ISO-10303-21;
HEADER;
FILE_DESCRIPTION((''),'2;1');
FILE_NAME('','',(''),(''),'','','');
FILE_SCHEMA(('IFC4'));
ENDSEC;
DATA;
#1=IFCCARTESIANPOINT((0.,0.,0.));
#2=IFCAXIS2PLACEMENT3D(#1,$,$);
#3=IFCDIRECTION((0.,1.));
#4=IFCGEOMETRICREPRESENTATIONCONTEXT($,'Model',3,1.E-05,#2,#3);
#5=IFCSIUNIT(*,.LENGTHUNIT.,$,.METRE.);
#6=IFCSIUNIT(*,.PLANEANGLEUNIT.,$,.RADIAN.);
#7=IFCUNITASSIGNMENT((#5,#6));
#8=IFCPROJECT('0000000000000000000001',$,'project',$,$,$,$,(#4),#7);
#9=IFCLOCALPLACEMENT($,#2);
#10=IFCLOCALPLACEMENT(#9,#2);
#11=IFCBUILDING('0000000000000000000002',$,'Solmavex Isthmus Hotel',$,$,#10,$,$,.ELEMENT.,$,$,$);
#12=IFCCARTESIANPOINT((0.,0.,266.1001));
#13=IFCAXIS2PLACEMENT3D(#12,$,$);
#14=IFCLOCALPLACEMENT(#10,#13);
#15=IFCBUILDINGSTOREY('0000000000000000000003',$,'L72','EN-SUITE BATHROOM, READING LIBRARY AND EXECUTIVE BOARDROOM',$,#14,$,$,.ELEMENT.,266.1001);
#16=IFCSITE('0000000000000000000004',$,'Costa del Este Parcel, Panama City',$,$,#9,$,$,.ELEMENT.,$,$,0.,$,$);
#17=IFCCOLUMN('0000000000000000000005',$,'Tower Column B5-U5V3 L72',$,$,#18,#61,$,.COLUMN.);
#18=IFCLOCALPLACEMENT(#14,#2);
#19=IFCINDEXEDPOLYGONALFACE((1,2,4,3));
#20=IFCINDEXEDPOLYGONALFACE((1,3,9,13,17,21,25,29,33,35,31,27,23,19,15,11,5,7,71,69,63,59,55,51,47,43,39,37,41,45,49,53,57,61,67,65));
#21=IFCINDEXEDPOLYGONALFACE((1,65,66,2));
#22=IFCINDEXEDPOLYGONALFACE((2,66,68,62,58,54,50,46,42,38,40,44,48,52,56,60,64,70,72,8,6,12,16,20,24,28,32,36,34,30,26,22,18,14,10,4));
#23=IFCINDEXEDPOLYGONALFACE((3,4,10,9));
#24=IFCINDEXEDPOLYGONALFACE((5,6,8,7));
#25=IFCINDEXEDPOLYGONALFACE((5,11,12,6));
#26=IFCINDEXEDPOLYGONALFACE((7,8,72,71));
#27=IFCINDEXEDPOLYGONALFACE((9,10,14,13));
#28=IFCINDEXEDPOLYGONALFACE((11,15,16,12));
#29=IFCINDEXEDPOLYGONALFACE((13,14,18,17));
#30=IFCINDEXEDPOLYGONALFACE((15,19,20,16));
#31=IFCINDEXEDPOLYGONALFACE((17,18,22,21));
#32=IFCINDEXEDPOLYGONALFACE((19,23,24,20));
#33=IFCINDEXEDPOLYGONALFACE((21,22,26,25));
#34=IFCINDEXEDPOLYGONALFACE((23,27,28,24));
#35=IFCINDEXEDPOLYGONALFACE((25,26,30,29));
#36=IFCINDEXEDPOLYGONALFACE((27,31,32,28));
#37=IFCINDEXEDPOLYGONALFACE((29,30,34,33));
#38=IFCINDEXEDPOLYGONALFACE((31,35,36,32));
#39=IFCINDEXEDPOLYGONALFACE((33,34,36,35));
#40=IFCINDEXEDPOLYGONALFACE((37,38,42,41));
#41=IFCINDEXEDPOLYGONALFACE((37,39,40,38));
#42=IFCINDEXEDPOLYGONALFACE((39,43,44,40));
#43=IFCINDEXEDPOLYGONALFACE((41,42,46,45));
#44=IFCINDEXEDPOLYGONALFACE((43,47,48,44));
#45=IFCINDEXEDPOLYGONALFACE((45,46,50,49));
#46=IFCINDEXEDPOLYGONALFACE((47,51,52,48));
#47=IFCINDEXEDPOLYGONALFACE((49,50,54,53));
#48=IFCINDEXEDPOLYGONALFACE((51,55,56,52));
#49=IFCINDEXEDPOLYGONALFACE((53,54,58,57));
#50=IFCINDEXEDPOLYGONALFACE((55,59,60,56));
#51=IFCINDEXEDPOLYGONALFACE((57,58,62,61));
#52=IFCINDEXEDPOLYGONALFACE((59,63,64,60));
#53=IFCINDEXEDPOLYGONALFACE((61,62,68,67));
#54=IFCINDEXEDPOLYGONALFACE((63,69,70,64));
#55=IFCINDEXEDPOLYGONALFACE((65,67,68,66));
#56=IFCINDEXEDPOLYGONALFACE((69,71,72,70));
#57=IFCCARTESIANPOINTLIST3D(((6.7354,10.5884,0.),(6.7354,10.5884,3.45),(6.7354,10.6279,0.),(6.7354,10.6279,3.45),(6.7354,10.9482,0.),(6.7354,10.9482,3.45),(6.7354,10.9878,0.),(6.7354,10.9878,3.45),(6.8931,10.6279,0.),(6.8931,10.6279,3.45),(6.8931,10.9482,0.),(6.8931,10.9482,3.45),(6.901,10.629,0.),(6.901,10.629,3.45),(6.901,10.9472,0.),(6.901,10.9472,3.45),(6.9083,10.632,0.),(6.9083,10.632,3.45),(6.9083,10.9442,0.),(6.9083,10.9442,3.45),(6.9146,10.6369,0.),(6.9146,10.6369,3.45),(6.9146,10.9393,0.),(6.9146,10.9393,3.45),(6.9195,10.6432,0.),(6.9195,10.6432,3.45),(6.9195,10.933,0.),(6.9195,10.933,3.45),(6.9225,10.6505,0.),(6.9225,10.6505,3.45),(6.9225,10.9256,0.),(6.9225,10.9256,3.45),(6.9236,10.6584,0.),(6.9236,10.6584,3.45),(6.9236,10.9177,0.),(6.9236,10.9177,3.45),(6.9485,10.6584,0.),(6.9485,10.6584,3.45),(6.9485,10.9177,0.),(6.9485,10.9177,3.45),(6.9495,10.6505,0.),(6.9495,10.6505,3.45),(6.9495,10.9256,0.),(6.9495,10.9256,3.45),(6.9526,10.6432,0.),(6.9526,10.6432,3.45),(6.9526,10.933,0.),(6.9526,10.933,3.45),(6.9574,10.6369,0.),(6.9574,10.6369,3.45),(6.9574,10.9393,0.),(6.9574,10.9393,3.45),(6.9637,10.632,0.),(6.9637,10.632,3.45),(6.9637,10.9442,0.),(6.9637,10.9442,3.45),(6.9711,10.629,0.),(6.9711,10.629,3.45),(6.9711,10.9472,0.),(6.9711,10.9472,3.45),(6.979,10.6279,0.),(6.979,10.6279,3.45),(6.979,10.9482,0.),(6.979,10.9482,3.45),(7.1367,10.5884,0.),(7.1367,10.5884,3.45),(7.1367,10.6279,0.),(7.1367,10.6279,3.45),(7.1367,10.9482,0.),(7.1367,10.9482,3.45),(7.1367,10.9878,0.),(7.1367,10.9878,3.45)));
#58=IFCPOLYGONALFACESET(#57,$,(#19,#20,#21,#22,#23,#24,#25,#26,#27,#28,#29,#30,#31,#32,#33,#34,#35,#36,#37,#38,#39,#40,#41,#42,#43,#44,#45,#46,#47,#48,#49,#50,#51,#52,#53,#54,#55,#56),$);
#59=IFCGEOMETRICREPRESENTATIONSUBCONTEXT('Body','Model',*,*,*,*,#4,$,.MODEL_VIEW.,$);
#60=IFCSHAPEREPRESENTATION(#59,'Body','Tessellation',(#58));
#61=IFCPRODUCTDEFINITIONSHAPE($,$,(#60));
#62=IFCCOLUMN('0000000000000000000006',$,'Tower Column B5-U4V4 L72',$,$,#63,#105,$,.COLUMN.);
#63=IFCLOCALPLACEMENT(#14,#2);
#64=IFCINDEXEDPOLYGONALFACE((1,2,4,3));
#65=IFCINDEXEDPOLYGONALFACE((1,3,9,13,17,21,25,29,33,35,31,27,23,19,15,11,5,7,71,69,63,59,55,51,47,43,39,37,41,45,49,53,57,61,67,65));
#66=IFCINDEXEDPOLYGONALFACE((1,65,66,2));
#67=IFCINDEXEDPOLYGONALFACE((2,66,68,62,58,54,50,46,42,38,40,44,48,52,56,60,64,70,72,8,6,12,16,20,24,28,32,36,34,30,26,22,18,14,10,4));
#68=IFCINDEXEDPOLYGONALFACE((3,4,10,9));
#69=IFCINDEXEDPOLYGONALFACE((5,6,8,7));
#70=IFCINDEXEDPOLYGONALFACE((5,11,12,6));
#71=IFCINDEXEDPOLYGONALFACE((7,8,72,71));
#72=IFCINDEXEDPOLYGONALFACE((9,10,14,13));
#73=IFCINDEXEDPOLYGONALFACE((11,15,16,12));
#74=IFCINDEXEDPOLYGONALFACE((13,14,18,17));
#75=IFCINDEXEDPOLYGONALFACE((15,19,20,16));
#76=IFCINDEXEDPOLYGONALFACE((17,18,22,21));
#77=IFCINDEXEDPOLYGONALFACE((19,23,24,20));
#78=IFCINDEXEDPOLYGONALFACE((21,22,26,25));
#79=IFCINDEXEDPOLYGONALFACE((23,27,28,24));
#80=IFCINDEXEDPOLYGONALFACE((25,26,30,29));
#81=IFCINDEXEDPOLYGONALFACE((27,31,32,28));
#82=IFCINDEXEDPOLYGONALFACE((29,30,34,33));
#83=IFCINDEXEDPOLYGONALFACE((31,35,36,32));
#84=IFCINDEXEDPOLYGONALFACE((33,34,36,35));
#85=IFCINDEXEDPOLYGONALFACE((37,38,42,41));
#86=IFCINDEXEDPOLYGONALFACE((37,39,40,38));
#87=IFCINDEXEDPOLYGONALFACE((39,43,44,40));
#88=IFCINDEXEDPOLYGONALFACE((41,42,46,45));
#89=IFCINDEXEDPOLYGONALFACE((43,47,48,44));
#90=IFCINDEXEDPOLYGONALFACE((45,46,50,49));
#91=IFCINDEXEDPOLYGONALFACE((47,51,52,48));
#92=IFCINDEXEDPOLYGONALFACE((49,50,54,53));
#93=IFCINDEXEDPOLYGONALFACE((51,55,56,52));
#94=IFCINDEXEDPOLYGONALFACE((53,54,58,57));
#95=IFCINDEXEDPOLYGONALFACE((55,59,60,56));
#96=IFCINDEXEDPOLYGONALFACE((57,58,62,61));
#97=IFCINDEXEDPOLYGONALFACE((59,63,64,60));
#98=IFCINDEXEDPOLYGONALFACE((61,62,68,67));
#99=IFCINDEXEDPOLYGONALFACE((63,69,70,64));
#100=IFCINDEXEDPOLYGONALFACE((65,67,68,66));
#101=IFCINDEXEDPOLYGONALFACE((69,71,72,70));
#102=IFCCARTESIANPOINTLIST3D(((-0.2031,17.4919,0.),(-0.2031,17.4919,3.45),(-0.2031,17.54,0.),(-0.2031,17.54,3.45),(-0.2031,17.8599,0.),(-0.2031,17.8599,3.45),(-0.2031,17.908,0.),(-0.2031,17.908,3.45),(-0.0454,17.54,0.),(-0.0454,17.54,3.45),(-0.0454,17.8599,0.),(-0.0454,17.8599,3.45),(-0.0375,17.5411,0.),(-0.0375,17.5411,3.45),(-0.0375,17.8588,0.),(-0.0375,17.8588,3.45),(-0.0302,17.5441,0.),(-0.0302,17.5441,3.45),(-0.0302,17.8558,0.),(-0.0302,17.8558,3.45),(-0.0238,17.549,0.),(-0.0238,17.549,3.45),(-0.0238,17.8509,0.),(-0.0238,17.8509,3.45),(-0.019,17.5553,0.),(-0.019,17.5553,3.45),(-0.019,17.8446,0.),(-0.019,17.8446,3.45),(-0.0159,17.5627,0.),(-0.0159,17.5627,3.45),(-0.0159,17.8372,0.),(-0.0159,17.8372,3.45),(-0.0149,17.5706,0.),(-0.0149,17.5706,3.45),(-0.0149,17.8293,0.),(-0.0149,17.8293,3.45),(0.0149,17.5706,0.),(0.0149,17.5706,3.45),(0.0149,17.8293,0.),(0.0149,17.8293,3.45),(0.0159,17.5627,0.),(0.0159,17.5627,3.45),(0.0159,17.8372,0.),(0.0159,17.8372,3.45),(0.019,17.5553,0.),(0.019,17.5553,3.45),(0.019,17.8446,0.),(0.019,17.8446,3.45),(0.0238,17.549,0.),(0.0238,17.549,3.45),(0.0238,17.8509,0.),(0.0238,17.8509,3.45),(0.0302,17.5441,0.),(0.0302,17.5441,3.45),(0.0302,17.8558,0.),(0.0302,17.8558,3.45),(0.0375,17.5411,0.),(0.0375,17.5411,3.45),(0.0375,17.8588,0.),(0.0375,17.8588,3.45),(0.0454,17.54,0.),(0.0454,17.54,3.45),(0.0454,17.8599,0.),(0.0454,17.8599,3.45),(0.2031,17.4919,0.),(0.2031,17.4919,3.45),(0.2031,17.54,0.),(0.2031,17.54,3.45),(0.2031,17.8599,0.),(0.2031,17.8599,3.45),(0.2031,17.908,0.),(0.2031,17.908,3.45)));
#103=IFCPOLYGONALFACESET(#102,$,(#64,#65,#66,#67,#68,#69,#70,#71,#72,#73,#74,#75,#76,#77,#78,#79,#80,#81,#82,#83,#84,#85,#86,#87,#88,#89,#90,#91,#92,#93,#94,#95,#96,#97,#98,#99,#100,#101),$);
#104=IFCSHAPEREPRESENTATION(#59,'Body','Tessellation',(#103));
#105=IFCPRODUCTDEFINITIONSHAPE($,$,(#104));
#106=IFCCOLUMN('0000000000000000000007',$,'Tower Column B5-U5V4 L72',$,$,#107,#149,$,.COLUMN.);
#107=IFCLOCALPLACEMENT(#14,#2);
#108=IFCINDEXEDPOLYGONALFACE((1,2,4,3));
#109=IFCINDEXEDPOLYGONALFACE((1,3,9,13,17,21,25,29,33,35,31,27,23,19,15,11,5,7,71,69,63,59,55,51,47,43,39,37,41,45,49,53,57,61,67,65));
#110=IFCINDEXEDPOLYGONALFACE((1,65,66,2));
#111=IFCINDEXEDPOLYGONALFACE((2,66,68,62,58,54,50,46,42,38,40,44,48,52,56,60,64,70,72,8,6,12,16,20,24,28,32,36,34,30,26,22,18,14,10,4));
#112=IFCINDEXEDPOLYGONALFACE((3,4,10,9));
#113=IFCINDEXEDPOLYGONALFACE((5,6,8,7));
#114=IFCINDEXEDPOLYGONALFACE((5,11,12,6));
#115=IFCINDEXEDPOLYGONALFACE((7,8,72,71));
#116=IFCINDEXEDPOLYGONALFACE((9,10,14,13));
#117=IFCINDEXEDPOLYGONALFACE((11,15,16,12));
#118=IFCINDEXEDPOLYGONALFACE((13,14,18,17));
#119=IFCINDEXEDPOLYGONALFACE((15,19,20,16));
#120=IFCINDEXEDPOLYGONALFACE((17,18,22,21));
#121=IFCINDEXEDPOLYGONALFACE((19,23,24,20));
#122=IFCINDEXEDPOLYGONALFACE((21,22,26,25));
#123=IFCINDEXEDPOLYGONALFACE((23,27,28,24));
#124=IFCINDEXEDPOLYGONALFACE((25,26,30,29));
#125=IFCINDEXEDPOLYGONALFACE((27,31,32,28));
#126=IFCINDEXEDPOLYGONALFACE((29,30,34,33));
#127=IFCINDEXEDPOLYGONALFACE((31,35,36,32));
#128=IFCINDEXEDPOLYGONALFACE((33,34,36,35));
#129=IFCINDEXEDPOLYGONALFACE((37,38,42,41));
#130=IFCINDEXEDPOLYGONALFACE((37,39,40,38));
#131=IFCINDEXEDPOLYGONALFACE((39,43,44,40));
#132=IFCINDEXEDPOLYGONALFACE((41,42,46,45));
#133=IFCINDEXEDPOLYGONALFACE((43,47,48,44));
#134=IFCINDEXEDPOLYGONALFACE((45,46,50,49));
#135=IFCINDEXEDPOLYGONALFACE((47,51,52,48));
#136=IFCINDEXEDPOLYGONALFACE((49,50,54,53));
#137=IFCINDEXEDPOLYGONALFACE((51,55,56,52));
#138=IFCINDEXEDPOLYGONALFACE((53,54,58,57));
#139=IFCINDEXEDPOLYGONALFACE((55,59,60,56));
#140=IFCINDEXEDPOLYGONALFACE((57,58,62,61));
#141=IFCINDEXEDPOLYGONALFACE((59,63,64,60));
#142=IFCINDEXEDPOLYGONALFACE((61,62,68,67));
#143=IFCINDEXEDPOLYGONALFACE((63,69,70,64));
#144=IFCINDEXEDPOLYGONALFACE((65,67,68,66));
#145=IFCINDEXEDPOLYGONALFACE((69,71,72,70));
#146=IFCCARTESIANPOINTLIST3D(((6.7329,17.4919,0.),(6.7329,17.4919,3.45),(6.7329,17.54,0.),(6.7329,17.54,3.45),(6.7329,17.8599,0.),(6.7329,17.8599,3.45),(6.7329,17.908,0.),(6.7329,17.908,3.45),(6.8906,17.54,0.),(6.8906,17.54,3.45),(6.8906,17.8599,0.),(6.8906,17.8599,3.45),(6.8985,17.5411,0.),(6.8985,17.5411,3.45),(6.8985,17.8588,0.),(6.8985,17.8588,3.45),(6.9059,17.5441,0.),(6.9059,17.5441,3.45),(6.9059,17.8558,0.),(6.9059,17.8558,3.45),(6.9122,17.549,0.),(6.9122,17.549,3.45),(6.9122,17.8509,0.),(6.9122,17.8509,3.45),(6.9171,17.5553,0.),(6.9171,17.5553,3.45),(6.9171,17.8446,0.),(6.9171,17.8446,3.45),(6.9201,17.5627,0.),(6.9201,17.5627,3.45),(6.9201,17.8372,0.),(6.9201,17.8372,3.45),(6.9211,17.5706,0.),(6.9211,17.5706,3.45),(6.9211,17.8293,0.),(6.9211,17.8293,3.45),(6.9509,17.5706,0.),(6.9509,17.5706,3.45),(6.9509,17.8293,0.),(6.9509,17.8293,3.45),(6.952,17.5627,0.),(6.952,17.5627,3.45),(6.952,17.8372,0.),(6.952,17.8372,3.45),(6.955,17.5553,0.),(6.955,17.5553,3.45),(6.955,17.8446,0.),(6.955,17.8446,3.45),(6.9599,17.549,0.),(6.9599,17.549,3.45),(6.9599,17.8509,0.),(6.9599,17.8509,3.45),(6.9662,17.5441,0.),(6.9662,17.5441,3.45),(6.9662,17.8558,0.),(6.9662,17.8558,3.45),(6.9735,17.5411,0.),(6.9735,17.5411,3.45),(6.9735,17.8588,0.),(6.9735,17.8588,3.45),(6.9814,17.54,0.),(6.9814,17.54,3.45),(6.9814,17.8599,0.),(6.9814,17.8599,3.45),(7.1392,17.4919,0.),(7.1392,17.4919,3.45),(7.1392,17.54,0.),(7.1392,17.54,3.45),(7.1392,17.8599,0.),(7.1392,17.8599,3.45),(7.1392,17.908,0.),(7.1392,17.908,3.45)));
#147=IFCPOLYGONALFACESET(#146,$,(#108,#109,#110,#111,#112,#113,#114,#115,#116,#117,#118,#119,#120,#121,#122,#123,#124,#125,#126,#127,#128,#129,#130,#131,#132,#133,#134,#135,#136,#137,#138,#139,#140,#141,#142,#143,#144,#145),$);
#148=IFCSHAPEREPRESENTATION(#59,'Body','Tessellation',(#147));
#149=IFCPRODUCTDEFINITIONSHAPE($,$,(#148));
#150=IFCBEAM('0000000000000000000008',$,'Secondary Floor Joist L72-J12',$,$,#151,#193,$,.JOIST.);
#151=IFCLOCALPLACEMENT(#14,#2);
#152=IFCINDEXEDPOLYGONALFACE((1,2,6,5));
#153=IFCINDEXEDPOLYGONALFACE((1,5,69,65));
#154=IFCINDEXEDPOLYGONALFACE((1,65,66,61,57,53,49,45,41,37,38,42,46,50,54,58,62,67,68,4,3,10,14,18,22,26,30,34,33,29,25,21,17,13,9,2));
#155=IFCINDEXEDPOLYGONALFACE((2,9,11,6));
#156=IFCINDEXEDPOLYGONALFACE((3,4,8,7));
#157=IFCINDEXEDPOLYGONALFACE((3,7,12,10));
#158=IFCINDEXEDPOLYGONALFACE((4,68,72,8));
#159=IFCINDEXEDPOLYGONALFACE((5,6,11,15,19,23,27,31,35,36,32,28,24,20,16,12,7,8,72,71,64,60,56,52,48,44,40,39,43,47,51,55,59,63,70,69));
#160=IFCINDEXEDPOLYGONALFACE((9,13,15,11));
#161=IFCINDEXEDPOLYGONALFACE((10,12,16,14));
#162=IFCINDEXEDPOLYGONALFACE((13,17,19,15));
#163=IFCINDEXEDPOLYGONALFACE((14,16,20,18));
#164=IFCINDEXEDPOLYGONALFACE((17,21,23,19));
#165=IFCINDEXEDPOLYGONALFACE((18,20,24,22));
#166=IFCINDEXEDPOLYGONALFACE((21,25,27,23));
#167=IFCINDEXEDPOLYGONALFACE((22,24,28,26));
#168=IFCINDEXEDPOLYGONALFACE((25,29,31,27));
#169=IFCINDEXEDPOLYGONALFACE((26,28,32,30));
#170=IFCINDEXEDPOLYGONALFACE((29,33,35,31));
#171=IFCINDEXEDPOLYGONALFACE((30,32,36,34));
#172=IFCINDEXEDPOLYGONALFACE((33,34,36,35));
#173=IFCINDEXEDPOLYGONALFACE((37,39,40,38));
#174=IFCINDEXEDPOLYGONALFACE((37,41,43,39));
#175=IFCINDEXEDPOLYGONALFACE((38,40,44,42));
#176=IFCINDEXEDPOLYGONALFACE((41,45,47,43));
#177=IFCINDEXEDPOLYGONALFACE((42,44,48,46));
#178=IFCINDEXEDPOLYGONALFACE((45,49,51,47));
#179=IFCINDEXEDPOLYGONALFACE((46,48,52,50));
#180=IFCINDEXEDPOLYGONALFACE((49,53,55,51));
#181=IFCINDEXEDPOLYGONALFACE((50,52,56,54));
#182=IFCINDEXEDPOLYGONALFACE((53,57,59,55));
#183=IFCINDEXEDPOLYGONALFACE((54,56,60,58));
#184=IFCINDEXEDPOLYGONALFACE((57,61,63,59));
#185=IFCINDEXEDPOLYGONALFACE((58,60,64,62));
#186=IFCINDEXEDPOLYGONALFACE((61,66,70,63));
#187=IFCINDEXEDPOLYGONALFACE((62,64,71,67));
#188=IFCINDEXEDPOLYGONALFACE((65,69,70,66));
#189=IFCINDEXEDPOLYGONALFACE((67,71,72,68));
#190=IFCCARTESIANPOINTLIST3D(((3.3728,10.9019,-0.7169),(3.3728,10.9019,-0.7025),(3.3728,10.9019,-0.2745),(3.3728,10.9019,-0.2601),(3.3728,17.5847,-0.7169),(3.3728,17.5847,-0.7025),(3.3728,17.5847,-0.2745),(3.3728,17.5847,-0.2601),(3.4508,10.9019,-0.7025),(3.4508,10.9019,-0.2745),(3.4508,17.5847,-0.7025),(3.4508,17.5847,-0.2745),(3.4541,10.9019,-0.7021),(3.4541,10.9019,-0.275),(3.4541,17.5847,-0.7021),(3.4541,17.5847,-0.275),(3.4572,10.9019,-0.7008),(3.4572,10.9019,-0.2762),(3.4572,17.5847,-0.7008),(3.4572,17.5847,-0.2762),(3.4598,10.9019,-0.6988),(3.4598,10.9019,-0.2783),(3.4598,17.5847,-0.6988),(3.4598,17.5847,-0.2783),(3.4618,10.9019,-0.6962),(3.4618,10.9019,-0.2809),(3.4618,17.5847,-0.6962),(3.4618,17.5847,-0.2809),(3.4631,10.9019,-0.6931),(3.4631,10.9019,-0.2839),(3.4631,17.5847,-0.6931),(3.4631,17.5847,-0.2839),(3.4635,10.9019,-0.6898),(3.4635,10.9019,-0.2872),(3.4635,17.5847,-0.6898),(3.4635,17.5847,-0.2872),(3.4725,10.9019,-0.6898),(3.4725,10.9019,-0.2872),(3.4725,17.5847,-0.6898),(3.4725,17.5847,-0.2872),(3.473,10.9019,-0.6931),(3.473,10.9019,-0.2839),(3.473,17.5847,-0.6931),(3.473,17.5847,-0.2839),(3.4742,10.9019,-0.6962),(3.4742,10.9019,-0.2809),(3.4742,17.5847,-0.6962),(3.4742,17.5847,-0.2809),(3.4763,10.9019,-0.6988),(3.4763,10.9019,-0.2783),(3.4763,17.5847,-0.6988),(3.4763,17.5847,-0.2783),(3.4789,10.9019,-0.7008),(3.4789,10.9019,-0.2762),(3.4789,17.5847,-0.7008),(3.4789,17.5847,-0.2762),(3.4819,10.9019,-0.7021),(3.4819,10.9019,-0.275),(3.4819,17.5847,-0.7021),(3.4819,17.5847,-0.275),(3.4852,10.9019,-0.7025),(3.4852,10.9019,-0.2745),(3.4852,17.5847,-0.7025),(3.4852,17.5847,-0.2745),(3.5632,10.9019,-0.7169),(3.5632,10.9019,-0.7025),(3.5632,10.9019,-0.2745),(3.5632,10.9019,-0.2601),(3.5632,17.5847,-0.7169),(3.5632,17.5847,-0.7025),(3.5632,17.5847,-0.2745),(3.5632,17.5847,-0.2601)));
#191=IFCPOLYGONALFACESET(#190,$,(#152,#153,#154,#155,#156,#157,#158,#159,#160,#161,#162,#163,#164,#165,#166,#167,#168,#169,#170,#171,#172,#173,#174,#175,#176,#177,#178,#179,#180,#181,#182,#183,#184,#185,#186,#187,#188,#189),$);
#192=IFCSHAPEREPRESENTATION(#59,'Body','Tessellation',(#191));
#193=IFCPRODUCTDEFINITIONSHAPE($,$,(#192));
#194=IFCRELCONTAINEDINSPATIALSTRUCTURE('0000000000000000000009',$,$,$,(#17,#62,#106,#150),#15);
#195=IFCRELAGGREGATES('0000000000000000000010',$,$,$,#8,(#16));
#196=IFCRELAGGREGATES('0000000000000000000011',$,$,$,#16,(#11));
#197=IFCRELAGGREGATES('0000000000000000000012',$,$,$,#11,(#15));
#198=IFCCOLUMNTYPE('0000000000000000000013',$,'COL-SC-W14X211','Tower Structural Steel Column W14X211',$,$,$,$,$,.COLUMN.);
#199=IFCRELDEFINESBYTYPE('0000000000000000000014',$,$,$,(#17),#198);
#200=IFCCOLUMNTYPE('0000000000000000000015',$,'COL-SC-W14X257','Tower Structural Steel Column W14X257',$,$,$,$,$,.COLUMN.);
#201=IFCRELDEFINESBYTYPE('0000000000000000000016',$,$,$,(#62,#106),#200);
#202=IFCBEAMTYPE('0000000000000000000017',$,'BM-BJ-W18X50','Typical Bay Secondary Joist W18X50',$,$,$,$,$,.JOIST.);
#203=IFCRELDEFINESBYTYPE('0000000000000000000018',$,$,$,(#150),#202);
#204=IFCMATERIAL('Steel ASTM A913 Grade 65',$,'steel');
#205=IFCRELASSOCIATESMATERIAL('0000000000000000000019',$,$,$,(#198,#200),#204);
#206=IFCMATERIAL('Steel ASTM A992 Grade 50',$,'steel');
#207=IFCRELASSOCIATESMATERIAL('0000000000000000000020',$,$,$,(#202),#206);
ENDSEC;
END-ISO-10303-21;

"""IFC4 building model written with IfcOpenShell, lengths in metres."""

from ifc_helpers import new_model, si_unit, direction, frame, origin, origin_2d, place, context, subcontext, project, spatial, i_section, extrude, material, material_profile, profile_set, type_object, element, save


model = new_model("IFC4")

# Units and contexts
model_context = context("Model", 3, precision=1e-05, world=origin(), true_north=direction((0.0, 1.0)))
body_context = subcontext(model_context, "Body", "Model", "MODEL_VIEW")
ifc_project = project(units=[si_unit("LENGTHUNIT", "METRE"), si_unit("PLANEANGLEUNIT", "RADIAN")], contexts=[model_context])

# Site, building, storey
site_placement = place(None, origin())
site = spatial("IfcSite", under=ifc_project, at=site_placement, Name="Costa del Este Parcel, Panama City", CompositionType="ELEMENT", RefElevation=0.0)
building_placement = place(site_placement, origin())
building = spatial("IfcBuilding", under=site, at=building_placement, Name="Solmavex Isthmus Hotel", CompositionType="ELEMENT")
storey_placement = place(building_placement, frame((0.0, 0.0, 266.1001)))
storey = spatial("IfcBuildingStorey", under=building, at=storey_placement, Name="L72", Description="EN-SUITE BATHROOM, READING LIBRARY AND EXECUTIVE BOARDROOM", CompositionType="ELEMENT", Elevation=266.1001)

# Columns
ifc_material_1 = material(Name="Steel ASTM A913 Grade 65", Category="steel")
ifc_material_profile_1 = material_profile(ifc_material_1, i_section(OverallWidth=0.4014, OverallDepth=0.3994, WebThickness=0.0249, FlangeThickness=0.0396, FilletRadius=0.0305, at=origin_2d()), Name="W14X211")
ifc_profile_set_1 = profile_set([ifc_material_profile_1], Name="Steel ASTM A913 Grade 65")
column_type_1 = type_object("IfcColumnType", Name="COL-SC-W14X211", Description="Tower Structural Steel Column W14X211", PredefinedType="COLUMN", material=ifc_profile_set_1)
column_placement = place(storey_placement, frame((6.936, 10.7881, 0.0), z_axis=(0.0, 0.0, 1.0), x_axis=(1.0, 0.0, 0.0)))
element("IfcColumn", 1, at=column_placement, inside=storey, type_object=column_type_1, Name="Tower Column B5-U5V3 L72", PredefinedType="COLUMN", context=body_context, shape_type="SweptSolid", body=[
    extrude(i_section(OverallWidth=0.4014, OverallDepth=0.3994, WebThickness=0.0249, FlangeThickness=0.0396, FilletRadius=0.0305, at=origin_2d()), origin(), (0.0, 0.0, 1.0), 3.45),
])
ifc_material_profile_2 = material_profile(ifc_material_1, i_section(OverallWidth=0.4062, OverallDepth=0.416, WebThickness=0.0298, FlangeThickness=0.0481, FilletRadius=0.0305, at=origin_2d()), Name="W14X257")
ifc_profile_set_2 = profile_set([ifc_material_profile_2], Name="Steel ASTM A913 Grade 65")
column_type_2 = type_object("IfcColumnType", Name="COL-SC-W14X257", Description="Tower Structural Steel Column W14X257", PredefinedType="COLUMN", material=ifc_profile_set_2)
for number, where, z_axis, x_axis, name in (
    (2, (0.0, 17.7, 0.0), (0.0, 0.0, 1.0), (1.0, 0.0, 0.0), "Tower Column B5-U4V4 L72"),
    (3, (6.936, 17.7, 0.0), (0.0, 0.0, 1.0), (1.0, 0.0, 0.0), "Tower Column B5-U5V4 L72"),
):
    element("IfcColumn", number, at=place(storey_placement, frame(where, z_axis=z_axis, x_axis=x_axis)), inside=storey, type_object=column_type_2, Name=name, PredefinedType="COLUMN", context=body_context, shape_type="SweptSolid", body=[
        extrude(i_section(OverallWidth=0.4062, OverallDepth=0.416, WebThickness=0.0298, FlangeThickness=0.0481, FilletRadius=0.0305, at=origin_2d()), origin(), (0.0, 0.0, 1.0), 3.45),
    ])

# Beam
ifc_material_2 = material(Name="Steel ASTM A992 Grade 50", Category="steel")
ifc_material_profile_3 = material_profile(ifc_material_2, i_section(OverallWidth=0.1904, OverallDepth=0.4568, WebThickness=0.009, FlangeThickness=0.0144, FilletRadius=0.0127, at=origin_2d()), Name="W18X50")
ifc_profile_set_3 = profile_set([ifc_material_profile_3], Name="Steel ASTM A992 Grade 50")
beam_type_1 = type_object("IfcBeamType", Name="BM-BJ-W18X50", Description="Typical Bay Secondary Joist W18X50", PredefinedType="JOIST", material=ifc_profile_set_3)
for number, where, z_axis, x_axis, name in (
    (4, (3.468, 10.9019, -0.4885), (0.0, 1.0, 0.0), (-1.0, 0.0, 0.0), "Secondary Floor Joist L72-J12"),
):
    element("IfcBeam", number, at=place(storey_placement, frame(where, z_axis=z_axis, x_axis=x_axis)), inside=storey, type_object=beam_type_1, Name=name, PredefinedType="JOIST", context=body_context, shape_type="SweptSolid", body=[
        extrude(i_section(OverallWidth=0.1904, OverallDepth=0.4568, WebThickness=0.009, FlangeThickness=0.0144, FilletRadius=0.0127, at=origin_2d()), origin(), (0.0, 0.0, 1.0), 6.6829),
    ])

save(model, "model.ifc")
